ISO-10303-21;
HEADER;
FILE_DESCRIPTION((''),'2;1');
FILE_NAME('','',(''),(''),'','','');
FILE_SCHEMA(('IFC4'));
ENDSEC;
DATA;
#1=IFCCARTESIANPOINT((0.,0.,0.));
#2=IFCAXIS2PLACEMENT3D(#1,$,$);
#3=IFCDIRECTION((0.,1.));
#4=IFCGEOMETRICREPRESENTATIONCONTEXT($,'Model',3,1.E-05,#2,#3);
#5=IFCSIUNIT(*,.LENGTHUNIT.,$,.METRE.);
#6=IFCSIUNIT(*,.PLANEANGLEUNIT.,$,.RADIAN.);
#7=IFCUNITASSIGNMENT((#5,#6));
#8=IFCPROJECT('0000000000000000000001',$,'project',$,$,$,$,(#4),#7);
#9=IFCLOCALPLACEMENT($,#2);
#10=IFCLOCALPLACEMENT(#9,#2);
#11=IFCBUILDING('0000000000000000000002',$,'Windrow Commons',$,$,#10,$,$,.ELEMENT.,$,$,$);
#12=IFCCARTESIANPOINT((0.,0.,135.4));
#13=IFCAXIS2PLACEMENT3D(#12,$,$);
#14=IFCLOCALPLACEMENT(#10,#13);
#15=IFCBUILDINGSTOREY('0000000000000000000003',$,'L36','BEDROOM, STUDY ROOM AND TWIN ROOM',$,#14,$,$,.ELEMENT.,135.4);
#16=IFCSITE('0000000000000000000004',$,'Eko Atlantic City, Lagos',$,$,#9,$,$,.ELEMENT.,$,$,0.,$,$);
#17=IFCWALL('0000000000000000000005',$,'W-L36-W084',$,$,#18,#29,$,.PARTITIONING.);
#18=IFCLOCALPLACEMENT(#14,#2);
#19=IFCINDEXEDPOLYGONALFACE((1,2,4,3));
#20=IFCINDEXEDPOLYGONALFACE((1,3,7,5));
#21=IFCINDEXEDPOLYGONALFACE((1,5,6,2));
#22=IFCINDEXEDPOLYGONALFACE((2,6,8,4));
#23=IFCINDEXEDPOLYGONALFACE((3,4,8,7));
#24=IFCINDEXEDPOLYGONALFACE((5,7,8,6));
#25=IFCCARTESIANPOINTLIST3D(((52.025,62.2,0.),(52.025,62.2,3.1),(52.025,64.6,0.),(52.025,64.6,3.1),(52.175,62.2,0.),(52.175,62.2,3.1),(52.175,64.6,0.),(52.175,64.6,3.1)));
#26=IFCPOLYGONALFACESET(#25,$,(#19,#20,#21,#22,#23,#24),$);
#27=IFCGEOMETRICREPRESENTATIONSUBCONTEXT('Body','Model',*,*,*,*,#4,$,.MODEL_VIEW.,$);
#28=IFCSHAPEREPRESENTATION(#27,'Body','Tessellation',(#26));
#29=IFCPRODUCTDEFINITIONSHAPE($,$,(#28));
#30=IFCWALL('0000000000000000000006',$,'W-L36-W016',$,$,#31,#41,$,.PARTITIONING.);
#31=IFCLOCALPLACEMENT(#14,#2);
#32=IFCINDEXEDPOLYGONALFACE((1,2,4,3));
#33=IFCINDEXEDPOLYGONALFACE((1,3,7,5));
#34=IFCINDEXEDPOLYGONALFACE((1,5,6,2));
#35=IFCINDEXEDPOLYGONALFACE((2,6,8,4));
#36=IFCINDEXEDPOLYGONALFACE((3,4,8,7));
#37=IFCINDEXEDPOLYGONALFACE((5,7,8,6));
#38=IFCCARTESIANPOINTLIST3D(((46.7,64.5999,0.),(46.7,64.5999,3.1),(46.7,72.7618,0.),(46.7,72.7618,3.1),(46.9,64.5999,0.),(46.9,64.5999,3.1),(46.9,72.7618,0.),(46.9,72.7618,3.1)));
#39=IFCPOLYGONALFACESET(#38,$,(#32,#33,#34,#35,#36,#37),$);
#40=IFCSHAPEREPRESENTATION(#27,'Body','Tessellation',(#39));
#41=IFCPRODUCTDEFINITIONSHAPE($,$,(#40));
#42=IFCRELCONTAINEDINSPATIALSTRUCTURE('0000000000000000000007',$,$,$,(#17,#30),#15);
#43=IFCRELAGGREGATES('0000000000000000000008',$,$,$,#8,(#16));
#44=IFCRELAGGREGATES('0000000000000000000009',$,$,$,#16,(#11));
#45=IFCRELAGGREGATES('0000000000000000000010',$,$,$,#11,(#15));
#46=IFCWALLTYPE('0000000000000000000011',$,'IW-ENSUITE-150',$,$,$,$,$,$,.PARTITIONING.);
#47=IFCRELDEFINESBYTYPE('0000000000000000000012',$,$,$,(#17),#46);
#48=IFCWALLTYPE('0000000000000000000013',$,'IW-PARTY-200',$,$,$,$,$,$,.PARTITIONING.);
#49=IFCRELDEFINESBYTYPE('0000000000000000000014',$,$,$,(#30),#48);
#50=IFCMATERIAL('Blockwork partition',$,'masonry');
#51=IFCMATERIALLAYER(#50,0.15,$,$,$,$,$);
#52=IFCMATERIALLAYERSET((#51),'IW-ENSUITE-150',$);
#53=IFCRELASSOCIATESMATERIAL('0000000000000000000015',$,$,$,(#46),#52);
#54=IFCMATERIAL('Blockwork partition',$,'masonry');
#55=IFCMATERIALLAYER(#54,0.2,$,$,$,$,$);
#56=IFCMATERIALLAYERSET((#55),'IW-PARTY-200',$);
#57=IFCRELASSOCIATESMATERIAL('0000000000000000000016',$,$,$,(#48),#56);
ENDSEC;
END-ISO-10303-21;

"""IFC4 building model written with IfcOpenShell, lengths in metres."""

from ifc_helpers import new_model, si_unit, direction, frame, frame_2d, origin, place, context, subcontext, project, spatial, rectangle, extrude, material, layer, layer_set, type_object, element, save


model = new_model("IFC4")

# Units and contexts
model_context = context("Model", 3, precision=1e-05, world=origin(), true_north=direction((0.0, 1.0)))
body_context = subcontext(model_context, "Body", "Model", "MODEL_VIEW")
ifc_project = project(units=[si_unit("LENGTHUNIT", "METRE"), si_unit("PLANEANGLEUNIT", "RADIAN")], contexts=[model_context])

# Site, building, storey
site_placement = place(None, origin())
site = spatial("IfcSite", under=ifc_project, at=site_placement, Name="Eko Atlantic City, Lagos", CompositionType="ELEMENT", RefElevation=0.0)
building_placement = place(site_placement, origin())
building = spatial("IfcBuilding", under=site, at=building_placement, Name="Windrow Commons", CompositionType="ELEMENT")
storey_placement = place(building_placement, frame((0.0, 0.0, 135.4)))
storey = spatial("IfcBuildingStorey", under=building, at=storey_placement, Name="L36", Description="BEDROOM, STUDY ROOM AND TWIN ROOM", CompositionType="ELEMENT", Elevation=135.4)

# Shared definitions
ifc_material_1 = material(Name="Blockwork partition", Category="masonry")
ifc_layer_1 = layer(ifc_material_1, 0.15)
ifc_layer_set_1 = layer_set([ifc_layer_1], Name="IW-ENSUITE-150")
wall_type_1 = type_object("IfcWallType", Name="IW-ENSUITE-150", PredefinedType="PARTITIONING", material=ifc_layer_set_1)

# Walls
for number, where, z_axis, x_axis, name in (
    (1, (52.1, 62.2, 0.0), (0.0, 0.0, 1.0), (0.0, 1.0, 0.0), "W-L36-W084"),
):
    element("IfcWall", number, at=place(storey_placement, frame(where, z_axis=z_axis, x_axis=x_axis)), inside=storey, type_object=wall_type_1, Name=name, PredefinedType="PARTITIONING", context=body_context, shape_type="SweptSolid", body=[
        extrude(rectangle(XDim=2.4, YDim=0.15, at=frame_2d((1.2, 0.0))), origin(), (0.0, 0.0, 1.0), 3.1),
    ])
ifc_material_2 = material(Name="Blockwork partition", Category="masonry")
ifc_layer_2 = layer(ifc_material_2, 0.2)
ifc_layer_set_2 = layer_set([ifc_layer_2], Name="IW-PARTY-200")
wall_type_2 = type_object("IfcWallType", Name="IW-PARTY-200", PredefinedType="PARTITIONING", material=ifc_layer_set_2)
wall_1_placement = place(storey_placement, frame((46.8, 64.6, 0.0), z_axis=(0.0, 0.0, 1.0), x_axis=(0.0, 1.0, 0.0)))
element("IfcWall", 2, at=wall_1_placement, inside=storey, type_object=wall_type_2, Name="W-L36-W016", PredefinedType="PARTITIONING", context=body_context, shape_type="SweptSolid", body=[
    extrude(rectangle(XDim=8.1619, YDim=0.2, at=frame_2d((4.0809, 0.0))), origin(), (0.0, 0.0, 1.0), 3.1),
])

save(model, "model.ifc")
